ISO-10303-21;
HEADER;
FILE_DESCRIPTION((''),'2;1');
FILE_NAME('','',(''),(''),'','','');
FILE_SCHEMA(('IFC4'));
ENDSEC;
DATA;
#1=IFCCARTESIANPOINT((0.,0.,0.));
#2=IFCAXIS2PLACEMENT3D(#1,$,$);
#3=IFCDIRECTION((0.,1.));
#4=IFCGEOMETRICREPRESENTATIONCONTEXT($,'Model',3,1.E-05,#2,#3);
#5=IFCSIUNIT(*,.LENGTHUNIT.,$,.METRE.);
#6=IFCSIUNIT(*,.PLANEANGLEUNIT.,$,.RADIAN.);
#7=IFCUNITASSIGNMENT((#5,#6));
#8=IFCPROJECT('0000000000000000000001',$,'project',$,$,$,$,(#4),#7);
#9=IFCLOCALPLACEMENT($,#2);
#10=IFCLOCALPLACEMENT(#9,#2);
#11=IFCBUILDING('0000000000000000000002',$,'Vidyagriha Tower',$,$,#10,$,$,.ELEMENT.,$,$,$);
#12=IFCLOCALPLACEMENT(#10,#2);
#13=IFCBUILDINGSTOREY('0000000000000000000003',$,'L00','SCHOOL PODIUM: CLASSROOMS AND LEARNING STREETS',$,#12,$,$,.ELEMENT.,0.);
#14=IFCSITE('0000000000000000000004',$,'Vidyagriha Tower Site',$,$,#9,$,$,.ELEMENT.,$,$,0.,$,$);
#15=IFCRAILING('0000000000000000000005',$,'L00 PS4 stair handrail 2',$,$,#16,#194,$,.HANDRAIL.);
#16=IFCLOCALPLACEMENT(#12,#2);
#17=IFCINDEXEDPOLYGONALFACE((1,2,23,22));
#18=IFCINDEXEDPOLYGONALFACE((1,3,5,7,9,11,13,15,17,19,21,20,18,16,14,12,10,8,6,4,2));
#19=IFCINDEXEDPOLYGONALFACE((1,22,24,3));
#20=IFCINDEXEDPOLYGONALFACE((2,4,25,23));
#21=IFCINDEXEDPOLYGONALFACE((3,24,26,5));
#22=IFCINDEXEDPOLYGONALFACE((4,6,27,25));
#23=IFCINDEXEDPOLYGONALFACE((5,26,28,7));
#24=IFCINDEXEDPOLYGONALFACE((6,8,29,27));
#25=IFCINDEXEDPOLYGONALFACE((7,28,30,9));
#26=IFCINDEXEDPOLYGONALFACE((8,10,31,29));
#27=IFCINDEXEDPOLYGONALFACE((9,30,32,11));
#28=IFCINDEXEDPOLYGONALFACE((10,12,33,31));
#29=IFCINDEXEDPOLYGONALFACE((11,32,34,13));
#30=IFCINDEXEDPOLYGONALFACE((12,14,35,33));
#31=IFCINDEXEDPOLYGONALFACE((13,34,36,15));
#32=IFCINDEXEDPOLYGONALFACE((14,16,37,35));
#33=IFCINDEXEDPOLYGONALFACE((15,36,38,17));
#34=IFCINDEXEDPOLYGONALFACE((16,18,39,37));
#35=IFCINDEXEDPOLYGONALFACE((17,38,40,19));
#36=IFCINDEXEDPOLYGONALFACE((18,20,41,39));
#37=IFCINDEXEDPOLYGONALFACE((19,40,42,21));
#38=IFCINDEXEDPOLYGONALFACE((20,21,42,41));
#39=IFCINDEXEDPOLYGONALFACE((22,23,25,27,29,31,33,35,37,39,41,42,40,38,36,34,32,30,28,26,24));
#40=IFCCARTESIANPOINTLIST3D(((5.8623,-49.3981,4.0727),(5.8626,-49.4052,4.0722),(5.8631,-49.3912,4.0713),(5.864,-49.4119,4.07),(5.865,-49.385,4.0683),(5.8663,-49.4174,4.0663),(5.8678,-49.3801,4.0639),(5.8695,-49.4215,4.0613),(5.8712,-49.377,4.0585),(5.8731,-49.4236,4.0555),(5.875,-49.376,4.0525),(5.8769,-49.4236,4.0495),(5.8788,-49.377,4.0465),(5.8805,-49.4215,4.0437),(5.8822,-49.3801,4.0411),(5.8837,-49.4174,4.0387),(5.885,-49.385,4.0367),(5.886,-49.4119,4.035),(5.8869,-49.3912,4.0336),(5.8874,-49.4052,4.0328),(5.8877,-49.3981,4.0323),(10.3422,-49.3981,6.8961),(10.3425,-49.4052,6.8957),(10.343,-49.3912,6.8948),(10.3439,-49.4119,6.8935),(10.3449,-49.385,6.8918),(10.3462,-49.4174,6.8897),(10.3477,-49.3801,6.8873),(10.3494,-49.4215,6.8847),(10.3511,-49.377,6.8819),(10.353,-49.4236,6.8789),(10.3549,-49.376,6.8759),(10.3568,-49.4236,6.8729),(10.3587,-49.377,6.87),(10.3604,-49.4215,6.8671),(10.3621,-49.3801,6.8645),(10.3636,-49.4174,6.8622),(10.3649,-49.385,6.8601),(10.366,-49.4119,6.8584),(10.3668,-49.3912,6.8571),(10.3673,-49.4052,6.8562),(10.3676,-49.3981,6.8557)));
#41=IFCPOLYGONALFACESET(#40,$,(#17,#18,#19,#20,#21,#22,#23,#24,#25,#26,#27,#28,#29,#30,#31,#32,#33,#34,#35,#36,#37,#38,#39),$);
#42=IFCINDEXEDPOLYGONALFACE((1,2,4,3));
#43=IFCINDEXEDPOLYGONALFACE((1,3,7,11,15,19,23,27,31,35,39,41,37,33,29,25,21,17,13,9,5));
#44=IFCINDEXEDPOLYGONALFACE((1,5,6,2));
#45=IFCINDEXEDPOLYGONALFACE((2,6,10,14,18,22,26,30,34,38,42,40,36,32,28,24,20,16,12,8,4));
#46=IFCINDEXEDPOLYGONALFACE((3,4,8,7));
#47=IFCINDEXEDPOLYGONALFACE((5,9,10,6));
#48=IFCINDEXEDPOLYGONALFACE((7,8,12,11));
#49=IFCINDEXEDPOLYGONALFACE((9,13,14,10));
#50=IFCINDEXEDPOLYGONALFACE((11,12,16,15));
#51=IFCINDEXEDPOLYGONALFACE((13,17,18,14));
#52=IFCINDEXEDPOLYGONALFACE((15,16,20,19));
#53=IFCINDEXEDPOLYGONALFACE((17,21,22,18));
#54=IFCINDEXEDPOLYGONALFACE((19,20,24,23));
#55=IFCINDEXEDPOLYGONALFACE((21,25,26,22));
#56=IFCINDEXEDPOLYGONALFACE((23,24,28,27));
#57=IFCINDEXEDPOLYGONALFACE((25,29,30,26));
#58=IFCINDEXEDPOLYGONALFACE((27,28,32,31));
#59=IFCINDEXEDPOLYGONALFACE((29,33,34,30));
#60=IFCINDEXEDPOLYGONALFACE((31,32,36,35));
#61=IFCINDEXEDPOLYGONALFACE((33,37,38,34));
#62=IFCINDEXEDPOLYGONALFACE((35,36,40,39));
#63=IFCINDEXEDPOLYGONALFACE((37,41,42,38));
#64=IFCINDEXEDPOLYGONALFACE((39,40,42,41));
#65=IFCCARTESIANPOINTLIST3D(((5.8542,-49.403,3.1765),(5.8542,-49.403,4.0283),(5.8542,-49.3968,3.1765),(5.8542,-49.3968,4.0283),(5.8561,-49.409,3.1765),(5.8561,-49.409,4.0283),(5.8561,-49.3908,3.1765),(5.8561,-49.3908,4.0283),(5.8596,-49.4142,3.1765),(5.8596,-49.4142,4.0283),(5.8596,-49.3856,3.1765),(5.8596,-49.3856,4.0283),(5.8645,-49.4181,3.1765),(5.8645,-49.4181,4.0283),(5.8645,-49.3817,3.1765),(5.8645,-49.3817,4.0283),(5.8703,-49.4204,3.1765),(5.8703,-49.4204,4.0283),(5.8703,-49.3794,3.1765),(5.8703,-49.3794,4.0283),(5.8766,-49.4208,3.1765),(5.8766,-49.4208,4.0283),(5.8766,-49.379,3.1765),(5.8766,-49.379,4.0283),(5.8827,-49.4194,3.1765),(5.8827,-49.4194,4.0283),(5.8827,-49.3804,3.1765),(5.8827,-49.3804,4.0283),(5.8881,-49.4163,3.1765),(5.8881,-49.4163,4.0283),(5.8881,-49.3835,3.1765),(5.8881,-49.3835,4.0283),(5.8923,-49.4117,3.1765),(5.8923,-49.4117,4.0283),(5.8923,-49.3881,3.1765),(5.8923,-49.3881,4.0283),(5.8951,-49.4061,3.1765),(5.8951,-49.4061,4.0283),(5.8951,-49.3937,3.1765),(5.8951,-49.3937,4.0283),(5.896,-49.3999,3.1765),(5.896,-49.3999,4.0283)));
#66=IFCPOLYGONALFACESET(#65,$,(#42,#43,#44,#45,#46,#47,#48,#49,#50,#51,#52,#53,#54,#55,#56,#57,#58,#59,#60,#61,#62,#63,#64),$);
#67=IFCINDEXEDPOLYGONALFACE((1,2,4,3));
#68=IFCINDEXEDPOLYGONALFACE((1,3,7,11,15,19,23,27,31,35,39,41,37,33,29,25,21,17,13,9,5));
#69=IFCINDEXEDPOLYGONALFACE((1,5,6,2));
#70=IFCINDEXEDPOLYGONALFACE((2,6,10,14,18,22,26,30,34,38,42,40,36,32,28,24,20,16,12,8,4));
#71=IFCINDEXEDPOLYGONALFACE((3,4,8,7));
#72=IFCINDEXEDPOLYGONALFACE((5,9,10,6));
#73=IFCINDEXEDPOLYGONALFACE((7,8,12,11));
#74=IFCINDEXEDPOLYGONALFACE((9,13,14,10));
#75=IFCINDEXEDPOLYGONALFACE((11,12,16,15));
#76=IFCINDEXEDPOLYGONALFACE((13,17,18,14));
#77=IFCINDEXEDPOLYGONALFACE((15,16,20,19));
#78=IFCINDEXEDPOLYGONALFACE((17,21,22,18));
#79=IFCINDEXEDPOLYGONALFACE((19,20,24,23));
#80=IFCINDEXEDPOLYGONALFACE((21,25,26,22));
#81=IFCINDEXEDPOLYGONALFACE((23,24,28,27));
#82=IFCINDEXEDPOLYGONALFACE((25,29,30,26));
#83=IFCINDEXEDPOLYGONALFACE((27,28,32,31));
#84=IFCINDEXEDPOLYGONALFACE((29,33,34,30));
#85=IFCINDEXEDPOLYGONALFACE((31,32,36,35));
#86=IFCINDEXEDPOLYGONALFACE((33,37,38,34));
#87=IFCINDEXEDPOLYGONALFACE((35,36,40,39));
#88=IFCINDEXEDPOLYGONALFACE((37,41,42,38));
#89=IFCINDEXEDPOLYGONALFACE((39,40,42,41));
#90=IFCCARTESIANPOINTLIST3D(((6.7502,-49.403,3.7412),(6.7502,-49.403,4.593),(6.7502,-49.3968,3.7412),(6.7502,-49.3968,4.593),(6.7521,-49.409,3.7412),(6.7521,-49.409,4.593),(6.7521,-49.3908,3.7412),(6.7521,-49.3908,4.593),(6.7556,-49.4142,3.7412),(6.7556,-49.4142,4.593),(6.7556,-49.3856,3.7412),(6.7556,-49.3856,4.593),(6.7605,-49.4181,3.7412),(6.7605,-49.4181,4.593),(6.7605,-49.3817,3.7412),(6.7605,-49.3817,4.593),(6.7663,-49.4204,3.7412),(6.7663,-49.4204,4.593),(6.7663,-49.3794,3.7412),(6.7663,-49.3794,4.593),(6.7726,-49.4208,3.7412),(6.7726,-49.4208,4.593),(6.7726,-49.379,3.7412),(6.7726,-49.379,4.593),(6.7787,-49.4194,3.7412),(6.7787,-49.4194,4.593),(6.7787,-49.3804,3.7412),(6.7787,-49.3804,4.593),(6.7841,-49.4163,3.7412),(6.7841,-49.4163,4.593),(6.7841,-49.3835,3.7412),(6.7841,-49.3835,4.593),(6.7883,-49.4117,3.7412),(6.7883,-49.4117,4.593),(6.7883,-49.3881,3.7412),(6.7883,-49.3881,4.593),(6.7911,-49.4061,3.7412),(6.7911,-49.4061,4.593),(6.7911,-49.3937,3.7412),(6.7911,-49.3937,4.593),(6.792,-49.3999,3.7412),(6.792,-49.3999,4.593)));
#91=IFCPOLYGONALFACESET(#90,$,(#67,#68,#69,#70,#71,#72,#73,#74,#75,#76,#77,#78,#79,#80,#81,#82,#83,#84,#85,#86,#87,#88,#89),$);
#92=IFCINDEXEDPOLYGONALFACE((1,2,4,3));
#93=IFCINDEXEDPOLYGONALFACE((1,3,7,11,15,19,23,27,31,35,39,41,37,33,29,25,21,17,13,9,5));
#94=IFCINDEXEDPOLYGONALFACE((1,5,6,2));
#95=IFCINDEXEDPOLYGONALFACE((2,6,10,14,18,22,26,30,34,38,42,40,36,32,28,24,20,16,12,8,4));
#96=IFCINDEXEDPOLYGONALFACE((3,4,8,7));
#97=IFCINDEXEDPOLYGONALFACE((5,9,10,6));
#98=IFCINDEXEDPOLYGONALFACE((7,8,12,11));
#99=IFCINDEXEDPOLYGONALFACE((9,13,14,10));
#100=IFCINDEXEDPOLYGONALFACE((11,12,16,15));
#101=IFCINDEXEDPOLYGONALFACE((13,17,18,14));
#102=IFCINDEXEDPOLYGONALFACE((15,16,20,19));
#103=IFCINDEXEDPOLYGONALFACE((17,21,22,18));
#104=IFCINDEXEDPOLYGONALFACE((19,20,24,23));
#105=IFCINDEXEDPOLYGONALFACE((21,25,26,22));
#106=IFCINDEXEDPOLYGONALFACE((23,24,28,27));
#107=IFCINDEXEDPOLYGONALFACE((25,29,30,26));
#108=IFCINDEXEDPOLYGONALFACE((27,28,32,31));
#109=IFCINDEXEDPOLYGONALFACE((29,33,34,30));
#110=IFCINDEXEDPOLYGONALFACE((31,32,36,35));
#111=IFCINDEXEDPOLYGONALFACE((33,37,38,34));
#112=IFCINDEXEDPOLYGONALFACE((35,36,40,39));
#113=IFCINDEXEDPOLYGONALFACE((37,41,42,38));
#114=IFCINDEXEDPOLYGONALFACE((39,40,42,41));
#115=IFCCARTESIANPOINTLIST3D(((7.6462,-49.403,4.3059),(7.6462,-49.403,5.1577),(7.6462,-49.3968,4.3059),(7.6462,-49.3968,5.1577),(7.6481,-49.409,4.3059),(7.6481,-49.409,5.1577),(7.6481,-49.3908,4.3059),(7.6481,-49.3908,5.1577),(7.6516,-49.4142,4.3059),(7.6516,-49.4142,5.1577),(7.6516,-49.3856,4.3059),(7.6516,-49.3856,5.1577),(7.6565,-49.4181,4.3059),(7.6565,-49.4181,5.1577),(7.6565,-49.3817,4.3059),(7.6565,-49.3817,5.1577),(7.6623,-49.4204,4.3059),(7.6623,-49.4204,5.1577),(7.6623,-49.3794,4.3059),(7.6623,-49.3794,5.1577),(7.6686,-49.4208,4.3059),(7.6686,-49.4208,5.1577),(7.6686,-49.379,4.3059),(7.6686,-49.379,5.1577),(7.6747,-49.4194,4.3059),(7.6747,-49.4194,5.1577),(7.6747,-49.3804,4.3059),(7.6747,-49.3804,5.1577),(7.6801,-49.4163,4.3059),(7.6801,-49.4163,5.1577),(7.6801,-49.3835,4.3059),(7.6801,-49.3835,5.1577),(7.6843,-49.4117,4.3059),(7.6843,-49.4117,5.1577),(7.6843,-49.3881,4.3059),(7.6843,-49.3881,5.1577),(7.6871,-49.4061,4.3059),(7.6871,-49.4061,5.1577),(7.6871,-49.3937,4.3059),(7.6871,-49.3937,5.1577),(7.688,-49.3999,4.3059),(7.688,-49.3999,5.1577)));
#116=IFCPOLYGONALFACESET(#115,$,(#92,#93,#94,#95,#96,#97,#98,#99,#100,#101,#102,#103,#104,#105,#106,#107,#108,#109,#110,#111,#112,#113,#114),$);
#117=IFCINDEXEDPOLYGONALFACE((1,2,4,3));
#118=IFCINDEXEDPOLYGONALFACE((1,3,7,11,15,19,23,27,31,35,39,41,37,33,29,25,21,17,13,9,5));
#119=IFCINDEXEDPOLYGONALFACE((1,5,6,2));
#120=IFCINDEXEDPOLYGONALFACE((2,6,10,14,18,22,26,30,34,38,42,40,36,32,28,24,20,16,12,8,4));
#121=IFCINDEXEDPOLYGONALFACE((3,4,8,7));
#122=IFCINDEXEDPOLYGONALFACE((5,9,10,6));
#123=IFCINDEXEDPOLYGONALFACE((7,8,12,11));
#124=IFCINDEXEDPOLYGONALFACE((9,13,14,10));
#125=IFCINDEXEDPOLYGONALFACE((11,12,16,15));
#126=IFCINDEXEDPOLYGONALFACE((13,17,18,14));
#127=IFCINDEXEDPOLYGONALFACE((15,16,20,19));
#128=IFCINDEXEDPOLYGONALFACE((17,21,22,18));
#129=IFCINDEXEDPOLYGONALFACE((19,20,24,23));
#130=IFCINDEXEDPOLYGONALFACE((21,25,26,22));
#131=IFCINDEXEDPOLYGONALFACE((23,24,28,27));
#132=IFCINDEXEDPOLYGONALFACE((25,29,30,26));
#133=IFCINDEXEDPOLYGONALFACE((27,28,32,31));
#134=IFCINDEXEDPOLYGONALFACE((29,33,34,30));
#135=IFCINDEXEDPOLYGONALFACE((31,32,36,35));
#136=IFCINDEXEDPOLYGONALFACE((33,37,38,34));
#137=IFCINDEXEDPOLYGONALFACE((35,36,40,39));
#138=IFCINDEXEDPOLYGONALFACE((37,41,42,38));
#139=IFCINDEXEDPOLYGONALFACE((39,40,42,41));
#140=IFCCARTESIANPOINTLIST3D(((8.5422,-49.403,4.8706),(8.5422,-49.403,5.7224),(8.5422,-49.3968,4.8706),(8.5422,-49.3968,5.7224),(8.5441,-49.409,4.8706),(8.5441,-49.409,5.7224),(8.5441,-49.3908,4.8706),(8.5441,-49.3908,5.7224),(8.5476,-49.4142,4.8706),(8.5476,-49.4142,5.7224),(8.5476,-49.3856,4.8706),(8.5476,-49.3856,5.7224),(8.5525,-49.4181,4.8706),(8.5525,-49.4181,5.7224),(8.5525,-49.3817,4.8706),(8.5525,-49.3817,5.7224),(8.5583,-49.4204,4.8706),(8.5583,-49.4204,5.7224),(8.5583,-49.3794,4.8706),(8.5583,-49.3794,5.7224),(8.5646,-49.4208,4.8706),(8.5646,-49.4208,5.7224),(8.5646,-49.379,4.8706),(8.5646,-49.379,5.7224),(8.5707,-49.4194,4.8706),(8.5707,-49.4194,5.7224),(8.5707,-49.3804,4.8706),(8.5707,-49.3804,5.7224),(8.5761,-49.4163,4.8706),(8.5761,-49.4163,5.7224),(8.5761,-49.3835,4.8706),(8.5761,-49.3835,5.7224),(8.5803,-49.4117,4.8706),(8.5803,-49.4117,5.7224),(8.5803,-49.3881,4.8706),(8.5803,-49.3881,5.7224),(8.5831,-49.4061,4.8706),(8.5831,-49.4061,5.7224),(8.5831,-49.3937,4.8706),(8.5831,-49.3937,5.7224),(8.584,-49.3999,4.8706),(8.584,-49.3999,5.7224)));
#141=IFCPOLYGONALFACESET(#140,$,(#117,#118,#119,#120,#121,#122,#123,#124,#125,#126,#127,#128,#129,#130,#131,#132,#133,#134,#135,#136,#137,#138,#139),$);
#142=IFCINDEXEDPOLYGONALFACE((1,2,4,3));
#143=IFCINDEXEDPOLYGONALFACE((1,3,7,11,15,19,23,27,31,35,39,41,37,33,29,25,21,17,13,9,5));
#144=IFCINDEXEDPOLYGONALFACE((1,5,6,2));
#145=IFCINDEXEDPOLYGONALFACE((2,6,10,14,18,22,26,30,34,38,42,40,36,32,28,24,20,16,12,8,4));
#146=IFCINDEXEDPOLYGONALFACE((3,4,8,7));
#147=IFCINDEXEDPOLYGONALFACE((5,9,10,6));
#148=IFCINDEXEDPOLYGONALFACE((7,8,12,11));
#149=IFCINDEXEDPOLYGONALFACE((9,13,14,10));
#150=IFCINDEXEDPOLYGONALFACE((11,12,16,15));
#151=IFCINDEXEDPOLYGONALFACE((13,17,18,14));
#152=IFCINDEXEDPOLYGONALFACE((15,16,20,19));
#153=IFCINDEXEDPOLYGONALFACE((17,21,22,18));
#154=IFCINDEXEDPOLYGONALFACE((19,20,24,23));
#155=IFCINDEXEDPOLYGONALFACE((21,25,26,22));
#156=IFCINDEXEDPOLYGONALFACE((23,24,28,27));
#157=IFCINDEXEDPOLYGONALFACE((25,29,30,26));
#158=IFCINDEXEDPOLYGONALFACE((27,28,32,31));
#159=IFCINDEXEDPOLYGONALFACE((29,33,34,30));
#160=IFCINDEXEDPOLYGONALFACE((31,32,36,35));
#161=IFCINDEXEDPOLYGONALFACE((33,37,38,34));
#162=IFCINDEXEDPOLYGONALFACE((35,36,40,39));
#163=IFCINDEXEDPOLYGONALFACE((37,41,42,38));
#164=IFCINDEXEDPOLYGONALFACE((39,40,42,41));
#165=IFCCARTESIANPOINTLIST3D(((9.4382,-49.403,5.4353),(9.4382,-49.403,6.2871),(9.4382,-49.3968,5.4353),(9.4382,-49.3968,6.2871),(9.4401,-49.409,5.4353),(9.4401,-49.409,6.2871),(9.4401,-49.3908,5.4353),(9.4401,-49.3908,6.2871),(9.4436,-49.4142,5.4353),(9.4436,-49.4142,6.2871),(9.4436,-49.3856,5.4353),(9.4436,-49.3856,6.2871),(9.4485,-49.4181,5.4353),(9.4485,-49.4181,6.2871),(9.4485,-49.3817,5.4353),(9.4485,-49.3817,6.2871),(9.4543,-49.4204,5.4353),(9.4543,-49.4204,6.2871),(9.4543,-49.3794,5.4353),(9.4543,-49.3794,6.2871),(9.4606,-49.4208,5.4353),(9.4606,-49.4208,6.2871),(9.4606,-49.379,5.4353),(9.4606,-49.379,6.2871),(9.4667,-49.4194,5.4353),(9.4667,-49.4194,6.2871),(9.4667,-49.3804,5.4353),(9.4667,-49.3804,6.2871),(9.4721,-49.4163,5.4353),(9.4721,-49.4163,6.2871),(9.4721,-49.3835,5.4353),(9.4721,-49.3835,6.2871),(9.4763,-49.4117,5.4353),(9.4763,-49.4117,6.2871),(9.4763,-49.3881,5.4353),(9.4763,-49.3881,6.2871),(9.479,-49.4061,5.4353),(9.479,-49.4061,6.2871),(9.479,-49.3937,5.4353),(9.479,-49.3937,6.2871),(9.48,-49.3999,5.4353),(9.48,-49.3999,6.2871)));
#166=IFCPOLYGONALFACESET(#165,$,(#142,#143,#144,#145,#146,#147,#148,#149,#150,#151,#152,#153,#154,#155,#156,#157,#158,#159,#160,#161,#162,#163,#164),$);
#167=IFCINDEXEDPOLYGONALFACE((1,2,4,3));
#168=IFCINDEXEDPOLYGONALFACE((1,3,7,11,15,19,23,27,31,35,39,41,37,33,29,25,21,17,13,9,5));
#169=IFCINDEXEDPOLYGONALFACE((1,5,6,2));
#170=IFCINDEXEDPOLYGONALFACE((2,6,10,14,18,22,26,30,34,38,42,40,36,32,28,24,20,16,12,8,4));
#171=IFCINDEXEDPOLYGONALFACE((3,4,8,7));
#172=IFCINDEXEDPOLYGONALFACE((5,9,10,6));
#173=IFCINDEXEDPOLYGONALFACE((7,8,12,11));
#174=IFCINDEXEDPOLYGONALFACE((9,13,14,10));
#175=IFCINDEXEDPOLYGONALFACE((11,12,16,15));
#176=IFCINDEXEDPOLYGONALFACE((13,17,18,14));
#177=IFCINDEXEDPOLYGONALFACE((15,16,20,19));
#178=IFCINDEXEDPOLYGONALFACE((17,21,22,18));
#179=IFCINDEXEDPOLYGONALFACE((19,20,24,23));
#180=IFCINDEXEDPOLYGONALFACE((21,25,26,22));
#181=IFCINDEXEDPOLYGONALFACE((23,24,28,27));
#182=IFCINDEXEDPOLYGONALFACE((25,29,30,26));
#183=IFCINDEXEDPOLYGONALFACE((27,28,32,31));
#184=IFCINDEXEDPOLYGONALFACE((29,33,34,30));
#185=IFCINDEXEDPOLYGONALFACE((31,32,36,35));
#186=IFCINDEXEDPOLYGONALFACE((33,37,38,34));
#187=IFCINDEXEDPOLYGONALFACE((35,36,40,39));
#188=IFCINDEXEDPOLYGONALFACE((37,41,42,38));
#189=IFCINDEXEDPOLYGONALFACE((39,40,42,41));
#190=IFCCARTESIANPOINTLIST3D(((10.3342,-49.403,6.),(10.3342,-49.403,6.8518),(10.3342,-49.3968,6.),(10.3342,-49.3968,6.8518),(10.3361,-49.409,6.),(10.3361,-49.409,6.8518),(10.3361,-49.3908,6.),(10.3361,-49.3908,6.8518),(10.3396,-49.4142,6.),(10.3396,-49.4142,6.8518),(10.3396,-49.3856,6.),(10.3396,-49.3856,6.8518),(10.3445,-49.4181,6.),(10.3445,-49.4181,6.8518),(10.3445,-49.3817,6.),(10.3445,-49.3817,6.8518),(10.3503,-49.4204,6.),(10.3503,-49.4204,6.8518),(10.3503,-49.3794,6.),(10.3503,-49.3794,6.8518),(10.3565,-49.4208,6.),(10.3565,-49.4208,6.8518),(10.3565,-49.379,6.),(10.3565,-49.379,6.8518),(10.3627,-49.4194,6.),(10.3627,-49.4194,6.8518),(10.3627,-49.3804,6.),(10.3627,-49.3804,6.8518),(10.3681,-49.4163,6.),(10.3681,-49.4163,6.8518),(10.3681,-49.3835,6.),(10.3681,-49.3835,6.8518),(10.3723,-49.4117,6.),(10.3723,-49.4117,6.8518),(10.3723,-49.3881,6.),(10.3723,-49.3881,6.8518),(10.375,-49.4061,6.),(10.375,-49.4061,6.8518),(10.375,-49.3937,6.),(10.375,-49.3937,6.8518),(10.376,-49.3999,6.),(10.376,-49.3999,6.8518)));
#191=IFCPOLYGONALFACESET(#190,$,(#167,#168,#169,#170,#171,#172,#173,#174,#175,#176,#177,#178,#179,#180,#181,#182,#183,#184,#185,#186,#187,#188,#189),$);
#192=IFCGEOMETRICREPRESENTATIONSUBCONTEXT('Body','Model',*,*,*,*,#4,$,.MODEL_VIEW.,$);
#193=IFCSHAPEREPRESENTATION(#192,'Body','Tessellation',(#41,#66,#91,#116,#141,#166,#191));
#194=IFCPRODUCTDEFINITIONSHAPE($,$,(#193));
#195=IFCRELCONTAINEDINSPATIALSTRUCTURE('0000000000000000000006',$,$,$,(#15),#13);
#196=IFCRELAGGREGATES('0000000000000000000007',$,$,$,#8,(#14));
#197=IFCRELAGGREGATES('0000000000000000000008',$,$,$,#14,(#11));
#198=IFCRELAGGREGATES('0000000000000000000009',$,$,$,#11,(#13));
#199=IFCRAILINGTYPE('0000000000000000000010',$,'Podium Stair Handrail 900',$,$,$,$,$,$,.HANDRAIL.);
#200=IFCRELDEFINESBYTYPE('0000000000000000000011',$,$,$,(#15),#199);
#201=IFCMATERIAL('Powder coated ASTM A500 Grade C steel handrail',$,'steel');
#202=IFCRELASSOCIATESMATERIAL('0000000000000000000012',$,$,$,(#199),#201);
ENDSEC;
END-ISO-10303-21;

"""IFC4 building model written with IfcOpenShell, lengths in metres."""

from ifc_helpers import new_model, si_unit, direction, frame, origin, origin_2d, place, context, subcontext, project, spatial, circle, extrude, material, type_object, element, save


model = new_model("IFC4")

# Units and contexts
model_context = context("Model", 3, precision=1e-05, world=origin(), true_north=direction((0.0, 1.0)))
body_context = subcontext(model_context, "Body", "Model", "MODEL_VIEW")
ifc_project = project(units=[si_unit("LENGTHUNIT", "METRE"), si_unit("PLANEANGLEUNIT", "RADIAN")], contexts=[model_context])

# Site, building, storey
site_placement = place(None, origin())
site = spatial("IfcSite", under=ifc_project, at=site_placement, Name="Vidyagriha Tower Site", CompositionType="ELEMENT", RefElevation=0.0)
building_placement = place(site_placement, origin())
building = spatial("IfcBuilding", under=site, at=building_placement, Name="Vidyagriha Tower", CompositionType="ELEMENT")
storey_placement = place(building_placement, origin())
storey = spatial("IfcBuildingStorey", under=building, at=storey_placement, Name="L00", Description="SCHOOL PODIUM: CLASSROOMS AND LEARNING STREETS", CompositionType="ELEMENT", Elevation=0.0)

# Railing
ifc_material_1 = material(Name="Powder coated ASTM A500 Grade C steel handrail", Category="steel")
railing_type_1 = type_object("IfcRailingType", Name="Podium Stair Handrail 900", PredefinedType="HANDRAIL", material=ifc_material_1)
railing_1_placement = place(storey_placement, frame((5.875, -49.3999, 3.1765)))
element("IfcRailing", 1, at=railing_1_placement, inside=storey, type_object=railing_type_1, Name="L00 PS4 stair handrail 2", PredefinedType="HANDRAIL", context=body_context, shape_type="SweptSolid", body=[
    extrude(circle(Radius=0.0239, at=origin_2d()), frame((0.0, 0.0, 0.876), z_axis=(0.845998, 0.0, 0.533186), x_axis=(0.0, 1.0, 0.0)), (0.0, 0.0, 1.0), 5.2954),
    extrude(circle(Radius=0.021, at=origin_2d()), origin(), (0.0, 0.0, 1.0), 0.8518),
    extrude(circle(Radius=0.021, at=origin_2d()), frame((0.896, 0.0, 0.5647)), (0.0, 0.0, 1.0), 0.8518),
    extrude(circle(Radius=0.021, at=origin_2d()), frame((1.792, 0.0, 1.1294)), (0.0, 0.0, 1.0), 0.8518),
    extrude(circle(Radius=0.021, at=origin_2d()), frame((2.688, 0.0, 1.6941)), (0.0, 0.0, 1.0), 0.8518),
    extrude(circle(Radius=0.021, at=origin_2d()), frame((3.584, 0.0, 2.2588)), (0.0, 0.0, 1.0), 0.8518),
    extrude(circle(Radius=0.021, at=origin_2d()), frame((4.48, 0.0, 2.8235)), (0.0, 0.0, 1.0), 0.8518),
])

save(model, "model.ifc")
